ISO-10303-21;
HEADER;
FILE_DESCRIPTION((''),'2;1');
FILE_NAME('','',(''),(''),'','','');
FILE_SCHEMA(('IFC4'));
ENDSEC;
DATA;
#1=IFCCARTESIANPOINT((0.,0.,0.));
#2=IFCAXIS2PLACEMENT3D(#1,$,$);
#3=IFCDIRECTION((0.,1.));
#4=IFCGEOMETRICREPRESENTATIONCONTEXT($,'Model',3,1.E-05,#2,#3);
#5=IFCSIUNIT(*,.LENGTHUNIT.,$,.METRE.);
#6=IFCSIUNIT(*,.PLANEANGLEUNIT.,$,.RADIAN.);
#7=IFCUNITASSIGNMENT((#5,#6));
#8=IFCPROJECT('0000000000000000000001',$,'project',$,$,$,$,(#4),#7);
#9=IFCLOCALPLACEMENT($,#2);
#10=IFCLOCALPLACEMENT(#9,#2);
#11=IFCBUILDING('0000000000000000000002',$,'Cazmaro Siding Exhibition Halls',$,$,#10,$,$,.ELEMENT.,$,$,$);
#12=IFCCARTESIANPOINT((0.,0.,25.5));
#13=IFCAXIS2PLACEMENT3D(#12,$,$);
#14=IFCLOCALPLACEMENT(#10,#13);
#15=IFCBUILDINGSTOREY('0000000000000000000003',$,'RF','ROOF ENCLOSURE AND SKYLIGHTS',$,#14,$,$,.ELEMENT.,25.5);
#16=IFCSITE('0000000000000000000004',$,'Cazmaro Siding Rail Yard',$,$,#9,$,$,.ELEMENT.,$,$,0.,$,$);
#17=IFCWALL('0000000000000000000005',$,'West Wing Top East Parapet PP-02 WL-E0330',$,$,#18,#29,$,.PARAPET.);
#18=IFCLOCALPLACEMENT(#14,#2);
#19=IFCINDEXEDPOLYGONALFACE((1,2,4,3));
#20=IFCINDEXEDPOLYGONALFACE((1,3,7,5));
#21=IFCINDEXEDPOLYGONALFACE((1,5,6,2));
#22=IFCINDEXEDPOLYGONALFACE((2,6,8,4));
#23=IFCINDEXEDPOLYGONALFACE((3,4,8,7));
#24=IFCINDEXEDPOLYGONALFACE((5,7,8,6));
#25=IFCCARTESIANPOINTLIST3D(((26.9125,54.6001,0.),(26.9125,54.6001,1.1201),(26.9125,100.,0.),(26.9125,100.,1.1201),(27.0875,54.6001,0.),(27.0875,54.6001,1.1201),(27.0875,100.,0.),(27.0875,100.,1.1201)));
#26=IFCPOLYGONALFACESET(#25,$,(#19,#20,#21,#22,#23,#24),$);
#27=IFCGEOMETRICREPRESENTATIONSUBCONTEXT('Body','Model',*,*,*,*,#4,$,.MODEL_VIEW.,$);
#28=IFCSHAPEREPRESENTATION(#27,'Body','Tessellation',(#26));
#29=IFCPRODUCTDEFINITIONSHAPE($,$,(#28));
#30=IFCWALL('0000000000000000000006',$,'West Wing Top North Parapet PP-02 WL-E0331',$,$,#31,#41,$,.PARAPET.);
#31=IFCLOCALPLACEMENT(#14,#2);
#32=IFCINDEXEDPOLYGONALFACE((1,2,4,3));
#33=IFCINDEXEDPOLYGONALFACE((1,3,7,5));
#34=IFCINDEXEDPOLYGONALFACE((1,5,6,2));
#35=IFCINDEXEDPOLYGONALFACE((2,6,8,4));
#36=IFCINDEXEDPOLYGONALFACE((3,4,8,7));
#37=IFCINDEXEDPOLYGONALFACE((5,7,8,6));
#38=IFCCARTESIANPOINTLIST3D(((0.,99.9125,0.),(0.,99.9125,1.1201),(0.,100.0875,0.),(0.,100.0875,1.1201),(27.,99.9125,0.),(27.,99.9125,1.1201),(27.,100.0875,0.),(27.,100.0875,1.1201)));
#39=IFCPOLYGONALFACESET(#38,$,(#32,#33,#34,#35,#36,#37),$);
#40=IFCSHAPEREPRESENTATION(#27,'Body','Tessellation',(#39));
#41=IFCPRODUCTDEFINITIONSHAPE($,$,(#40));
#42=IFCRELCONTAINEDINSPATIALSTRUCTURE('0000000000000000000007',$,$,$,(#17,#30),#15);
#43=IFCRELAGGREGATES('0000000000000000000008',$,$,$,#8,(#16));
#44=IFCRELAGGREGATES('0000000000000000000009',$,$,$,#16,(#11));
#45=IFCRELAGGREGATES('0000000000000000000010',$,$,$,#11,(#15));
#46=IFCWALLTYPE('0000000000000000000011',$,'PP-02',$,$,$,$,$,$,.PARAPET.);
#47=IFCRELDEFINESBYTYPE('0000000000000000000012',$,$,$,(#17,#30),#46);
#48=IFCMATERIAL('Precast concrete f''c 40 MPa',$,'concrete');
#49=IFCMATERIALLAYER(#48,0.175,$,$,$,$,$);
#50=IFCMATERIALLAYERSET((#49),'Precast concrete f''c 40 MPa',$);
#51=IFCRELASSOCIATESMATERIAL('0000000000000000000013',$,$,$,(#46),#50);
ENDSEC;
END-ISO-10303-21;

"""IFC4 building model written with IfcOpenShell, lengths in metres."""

from ifc_helpers import new_model, si_unit, direction, frame, frame_2d, origin, place, context, subcontext, project, spatial, rectangle, extrude, material, layer, layer_set, type_object, element, save


model = new_model("IFC4")

# Units and contexts
model_context = context("Model", 3, precision=1e-05, world=origin(), true_north=direction((0.0, 1.0)))
body_context = subcontext(model_context, "Body", "Model", "MODEL_VIEW")
ifc_project = project(units=[si_unit("LENGTHUNIT", "METRE"), si_unit("PLANEANGLEUNIT", "RADIAN")], contexts=[model_context])

# Site, building, storey
site_placement = place(None, origin())
site = spatial("IfcSite", under=ifc_project, at=site_placement, Name="Cazmaro Siding Rail Yard", CompositionType="ELEMENT", RefElevation=0.0)
building_placement = place(site_placement, origin())
building = spatial("IfcBuilding", under=site, at=building_placement, Name="Cazmaro Siding Exhibition Halls", CompositionType="ELEMENT")
storey_placement = place(building_placement, frame((0.0, 0.0, 25.5)))
storey = spatial("IfcBuildingStorey", under=building, at=storey_placement, Name="RF", Description="ROOF ENCLOSURE AND SKYLIGHTS", CompositionType="ELEMENT", Elevation=25.5)

# Walls
ifc_material_1 = material(Name="Precast concrete f'c 40 MPa", Category="concrete")
ifc_layer = layer(ifc_material_1, 0.175)
ifc_layer_set = layer_set([ifc_layer], Name="Precast concrete f'c 40 MPa")
wall_type = type_object("IfcWallType", Name="PP-02", PredefinedType="PARAPET", material=ifc_layer_set)
wall_1_placement = place(storey_placement, frame((27.0, 100.0, 0.0), z_axis=(0.0, 0.0, 1.0), x_axis=(0.0, -1.0, 0.0)))
element("IfcWall", 1, at=wall_1_placement, inside=storey, type_object=wall_type, Name="West Wing Top East Parapet PP-02 WL-E0330", PredefinedType="PARAPET", context=body_context, shape_type="SweptSolid", body=[
    extrude(rectangle(XDim=45.3999, YDim=0.175, at=frame_2d((22.7, 0.0))), origin(), (0.0, 0.0, 1.0), 1.1201),
])
wall_2_placement = place(storey_placement, frame((0.0, 100.0, 0.0), z_axis=(0.0, 0.0, 1.0), x_axis=(1.0, 0.0, 0.0)))
element("IfcWall", 2, at=wall_2_placement, inside=storey, type_object=wall_type, Name="West Wing Top North Parapet PP-02 WL-E0331", PredefinedType="PARAPET", context=body_context, shape_type="SweptSolid", body=[
    extrude(rectangle(XDim=27.0, YDim=0.175, at=frame_2d((13.5, 0.0))), origin(), (0.0, 0.0, 1.0), 1.1201),
])

save(model, "model.ifc")
